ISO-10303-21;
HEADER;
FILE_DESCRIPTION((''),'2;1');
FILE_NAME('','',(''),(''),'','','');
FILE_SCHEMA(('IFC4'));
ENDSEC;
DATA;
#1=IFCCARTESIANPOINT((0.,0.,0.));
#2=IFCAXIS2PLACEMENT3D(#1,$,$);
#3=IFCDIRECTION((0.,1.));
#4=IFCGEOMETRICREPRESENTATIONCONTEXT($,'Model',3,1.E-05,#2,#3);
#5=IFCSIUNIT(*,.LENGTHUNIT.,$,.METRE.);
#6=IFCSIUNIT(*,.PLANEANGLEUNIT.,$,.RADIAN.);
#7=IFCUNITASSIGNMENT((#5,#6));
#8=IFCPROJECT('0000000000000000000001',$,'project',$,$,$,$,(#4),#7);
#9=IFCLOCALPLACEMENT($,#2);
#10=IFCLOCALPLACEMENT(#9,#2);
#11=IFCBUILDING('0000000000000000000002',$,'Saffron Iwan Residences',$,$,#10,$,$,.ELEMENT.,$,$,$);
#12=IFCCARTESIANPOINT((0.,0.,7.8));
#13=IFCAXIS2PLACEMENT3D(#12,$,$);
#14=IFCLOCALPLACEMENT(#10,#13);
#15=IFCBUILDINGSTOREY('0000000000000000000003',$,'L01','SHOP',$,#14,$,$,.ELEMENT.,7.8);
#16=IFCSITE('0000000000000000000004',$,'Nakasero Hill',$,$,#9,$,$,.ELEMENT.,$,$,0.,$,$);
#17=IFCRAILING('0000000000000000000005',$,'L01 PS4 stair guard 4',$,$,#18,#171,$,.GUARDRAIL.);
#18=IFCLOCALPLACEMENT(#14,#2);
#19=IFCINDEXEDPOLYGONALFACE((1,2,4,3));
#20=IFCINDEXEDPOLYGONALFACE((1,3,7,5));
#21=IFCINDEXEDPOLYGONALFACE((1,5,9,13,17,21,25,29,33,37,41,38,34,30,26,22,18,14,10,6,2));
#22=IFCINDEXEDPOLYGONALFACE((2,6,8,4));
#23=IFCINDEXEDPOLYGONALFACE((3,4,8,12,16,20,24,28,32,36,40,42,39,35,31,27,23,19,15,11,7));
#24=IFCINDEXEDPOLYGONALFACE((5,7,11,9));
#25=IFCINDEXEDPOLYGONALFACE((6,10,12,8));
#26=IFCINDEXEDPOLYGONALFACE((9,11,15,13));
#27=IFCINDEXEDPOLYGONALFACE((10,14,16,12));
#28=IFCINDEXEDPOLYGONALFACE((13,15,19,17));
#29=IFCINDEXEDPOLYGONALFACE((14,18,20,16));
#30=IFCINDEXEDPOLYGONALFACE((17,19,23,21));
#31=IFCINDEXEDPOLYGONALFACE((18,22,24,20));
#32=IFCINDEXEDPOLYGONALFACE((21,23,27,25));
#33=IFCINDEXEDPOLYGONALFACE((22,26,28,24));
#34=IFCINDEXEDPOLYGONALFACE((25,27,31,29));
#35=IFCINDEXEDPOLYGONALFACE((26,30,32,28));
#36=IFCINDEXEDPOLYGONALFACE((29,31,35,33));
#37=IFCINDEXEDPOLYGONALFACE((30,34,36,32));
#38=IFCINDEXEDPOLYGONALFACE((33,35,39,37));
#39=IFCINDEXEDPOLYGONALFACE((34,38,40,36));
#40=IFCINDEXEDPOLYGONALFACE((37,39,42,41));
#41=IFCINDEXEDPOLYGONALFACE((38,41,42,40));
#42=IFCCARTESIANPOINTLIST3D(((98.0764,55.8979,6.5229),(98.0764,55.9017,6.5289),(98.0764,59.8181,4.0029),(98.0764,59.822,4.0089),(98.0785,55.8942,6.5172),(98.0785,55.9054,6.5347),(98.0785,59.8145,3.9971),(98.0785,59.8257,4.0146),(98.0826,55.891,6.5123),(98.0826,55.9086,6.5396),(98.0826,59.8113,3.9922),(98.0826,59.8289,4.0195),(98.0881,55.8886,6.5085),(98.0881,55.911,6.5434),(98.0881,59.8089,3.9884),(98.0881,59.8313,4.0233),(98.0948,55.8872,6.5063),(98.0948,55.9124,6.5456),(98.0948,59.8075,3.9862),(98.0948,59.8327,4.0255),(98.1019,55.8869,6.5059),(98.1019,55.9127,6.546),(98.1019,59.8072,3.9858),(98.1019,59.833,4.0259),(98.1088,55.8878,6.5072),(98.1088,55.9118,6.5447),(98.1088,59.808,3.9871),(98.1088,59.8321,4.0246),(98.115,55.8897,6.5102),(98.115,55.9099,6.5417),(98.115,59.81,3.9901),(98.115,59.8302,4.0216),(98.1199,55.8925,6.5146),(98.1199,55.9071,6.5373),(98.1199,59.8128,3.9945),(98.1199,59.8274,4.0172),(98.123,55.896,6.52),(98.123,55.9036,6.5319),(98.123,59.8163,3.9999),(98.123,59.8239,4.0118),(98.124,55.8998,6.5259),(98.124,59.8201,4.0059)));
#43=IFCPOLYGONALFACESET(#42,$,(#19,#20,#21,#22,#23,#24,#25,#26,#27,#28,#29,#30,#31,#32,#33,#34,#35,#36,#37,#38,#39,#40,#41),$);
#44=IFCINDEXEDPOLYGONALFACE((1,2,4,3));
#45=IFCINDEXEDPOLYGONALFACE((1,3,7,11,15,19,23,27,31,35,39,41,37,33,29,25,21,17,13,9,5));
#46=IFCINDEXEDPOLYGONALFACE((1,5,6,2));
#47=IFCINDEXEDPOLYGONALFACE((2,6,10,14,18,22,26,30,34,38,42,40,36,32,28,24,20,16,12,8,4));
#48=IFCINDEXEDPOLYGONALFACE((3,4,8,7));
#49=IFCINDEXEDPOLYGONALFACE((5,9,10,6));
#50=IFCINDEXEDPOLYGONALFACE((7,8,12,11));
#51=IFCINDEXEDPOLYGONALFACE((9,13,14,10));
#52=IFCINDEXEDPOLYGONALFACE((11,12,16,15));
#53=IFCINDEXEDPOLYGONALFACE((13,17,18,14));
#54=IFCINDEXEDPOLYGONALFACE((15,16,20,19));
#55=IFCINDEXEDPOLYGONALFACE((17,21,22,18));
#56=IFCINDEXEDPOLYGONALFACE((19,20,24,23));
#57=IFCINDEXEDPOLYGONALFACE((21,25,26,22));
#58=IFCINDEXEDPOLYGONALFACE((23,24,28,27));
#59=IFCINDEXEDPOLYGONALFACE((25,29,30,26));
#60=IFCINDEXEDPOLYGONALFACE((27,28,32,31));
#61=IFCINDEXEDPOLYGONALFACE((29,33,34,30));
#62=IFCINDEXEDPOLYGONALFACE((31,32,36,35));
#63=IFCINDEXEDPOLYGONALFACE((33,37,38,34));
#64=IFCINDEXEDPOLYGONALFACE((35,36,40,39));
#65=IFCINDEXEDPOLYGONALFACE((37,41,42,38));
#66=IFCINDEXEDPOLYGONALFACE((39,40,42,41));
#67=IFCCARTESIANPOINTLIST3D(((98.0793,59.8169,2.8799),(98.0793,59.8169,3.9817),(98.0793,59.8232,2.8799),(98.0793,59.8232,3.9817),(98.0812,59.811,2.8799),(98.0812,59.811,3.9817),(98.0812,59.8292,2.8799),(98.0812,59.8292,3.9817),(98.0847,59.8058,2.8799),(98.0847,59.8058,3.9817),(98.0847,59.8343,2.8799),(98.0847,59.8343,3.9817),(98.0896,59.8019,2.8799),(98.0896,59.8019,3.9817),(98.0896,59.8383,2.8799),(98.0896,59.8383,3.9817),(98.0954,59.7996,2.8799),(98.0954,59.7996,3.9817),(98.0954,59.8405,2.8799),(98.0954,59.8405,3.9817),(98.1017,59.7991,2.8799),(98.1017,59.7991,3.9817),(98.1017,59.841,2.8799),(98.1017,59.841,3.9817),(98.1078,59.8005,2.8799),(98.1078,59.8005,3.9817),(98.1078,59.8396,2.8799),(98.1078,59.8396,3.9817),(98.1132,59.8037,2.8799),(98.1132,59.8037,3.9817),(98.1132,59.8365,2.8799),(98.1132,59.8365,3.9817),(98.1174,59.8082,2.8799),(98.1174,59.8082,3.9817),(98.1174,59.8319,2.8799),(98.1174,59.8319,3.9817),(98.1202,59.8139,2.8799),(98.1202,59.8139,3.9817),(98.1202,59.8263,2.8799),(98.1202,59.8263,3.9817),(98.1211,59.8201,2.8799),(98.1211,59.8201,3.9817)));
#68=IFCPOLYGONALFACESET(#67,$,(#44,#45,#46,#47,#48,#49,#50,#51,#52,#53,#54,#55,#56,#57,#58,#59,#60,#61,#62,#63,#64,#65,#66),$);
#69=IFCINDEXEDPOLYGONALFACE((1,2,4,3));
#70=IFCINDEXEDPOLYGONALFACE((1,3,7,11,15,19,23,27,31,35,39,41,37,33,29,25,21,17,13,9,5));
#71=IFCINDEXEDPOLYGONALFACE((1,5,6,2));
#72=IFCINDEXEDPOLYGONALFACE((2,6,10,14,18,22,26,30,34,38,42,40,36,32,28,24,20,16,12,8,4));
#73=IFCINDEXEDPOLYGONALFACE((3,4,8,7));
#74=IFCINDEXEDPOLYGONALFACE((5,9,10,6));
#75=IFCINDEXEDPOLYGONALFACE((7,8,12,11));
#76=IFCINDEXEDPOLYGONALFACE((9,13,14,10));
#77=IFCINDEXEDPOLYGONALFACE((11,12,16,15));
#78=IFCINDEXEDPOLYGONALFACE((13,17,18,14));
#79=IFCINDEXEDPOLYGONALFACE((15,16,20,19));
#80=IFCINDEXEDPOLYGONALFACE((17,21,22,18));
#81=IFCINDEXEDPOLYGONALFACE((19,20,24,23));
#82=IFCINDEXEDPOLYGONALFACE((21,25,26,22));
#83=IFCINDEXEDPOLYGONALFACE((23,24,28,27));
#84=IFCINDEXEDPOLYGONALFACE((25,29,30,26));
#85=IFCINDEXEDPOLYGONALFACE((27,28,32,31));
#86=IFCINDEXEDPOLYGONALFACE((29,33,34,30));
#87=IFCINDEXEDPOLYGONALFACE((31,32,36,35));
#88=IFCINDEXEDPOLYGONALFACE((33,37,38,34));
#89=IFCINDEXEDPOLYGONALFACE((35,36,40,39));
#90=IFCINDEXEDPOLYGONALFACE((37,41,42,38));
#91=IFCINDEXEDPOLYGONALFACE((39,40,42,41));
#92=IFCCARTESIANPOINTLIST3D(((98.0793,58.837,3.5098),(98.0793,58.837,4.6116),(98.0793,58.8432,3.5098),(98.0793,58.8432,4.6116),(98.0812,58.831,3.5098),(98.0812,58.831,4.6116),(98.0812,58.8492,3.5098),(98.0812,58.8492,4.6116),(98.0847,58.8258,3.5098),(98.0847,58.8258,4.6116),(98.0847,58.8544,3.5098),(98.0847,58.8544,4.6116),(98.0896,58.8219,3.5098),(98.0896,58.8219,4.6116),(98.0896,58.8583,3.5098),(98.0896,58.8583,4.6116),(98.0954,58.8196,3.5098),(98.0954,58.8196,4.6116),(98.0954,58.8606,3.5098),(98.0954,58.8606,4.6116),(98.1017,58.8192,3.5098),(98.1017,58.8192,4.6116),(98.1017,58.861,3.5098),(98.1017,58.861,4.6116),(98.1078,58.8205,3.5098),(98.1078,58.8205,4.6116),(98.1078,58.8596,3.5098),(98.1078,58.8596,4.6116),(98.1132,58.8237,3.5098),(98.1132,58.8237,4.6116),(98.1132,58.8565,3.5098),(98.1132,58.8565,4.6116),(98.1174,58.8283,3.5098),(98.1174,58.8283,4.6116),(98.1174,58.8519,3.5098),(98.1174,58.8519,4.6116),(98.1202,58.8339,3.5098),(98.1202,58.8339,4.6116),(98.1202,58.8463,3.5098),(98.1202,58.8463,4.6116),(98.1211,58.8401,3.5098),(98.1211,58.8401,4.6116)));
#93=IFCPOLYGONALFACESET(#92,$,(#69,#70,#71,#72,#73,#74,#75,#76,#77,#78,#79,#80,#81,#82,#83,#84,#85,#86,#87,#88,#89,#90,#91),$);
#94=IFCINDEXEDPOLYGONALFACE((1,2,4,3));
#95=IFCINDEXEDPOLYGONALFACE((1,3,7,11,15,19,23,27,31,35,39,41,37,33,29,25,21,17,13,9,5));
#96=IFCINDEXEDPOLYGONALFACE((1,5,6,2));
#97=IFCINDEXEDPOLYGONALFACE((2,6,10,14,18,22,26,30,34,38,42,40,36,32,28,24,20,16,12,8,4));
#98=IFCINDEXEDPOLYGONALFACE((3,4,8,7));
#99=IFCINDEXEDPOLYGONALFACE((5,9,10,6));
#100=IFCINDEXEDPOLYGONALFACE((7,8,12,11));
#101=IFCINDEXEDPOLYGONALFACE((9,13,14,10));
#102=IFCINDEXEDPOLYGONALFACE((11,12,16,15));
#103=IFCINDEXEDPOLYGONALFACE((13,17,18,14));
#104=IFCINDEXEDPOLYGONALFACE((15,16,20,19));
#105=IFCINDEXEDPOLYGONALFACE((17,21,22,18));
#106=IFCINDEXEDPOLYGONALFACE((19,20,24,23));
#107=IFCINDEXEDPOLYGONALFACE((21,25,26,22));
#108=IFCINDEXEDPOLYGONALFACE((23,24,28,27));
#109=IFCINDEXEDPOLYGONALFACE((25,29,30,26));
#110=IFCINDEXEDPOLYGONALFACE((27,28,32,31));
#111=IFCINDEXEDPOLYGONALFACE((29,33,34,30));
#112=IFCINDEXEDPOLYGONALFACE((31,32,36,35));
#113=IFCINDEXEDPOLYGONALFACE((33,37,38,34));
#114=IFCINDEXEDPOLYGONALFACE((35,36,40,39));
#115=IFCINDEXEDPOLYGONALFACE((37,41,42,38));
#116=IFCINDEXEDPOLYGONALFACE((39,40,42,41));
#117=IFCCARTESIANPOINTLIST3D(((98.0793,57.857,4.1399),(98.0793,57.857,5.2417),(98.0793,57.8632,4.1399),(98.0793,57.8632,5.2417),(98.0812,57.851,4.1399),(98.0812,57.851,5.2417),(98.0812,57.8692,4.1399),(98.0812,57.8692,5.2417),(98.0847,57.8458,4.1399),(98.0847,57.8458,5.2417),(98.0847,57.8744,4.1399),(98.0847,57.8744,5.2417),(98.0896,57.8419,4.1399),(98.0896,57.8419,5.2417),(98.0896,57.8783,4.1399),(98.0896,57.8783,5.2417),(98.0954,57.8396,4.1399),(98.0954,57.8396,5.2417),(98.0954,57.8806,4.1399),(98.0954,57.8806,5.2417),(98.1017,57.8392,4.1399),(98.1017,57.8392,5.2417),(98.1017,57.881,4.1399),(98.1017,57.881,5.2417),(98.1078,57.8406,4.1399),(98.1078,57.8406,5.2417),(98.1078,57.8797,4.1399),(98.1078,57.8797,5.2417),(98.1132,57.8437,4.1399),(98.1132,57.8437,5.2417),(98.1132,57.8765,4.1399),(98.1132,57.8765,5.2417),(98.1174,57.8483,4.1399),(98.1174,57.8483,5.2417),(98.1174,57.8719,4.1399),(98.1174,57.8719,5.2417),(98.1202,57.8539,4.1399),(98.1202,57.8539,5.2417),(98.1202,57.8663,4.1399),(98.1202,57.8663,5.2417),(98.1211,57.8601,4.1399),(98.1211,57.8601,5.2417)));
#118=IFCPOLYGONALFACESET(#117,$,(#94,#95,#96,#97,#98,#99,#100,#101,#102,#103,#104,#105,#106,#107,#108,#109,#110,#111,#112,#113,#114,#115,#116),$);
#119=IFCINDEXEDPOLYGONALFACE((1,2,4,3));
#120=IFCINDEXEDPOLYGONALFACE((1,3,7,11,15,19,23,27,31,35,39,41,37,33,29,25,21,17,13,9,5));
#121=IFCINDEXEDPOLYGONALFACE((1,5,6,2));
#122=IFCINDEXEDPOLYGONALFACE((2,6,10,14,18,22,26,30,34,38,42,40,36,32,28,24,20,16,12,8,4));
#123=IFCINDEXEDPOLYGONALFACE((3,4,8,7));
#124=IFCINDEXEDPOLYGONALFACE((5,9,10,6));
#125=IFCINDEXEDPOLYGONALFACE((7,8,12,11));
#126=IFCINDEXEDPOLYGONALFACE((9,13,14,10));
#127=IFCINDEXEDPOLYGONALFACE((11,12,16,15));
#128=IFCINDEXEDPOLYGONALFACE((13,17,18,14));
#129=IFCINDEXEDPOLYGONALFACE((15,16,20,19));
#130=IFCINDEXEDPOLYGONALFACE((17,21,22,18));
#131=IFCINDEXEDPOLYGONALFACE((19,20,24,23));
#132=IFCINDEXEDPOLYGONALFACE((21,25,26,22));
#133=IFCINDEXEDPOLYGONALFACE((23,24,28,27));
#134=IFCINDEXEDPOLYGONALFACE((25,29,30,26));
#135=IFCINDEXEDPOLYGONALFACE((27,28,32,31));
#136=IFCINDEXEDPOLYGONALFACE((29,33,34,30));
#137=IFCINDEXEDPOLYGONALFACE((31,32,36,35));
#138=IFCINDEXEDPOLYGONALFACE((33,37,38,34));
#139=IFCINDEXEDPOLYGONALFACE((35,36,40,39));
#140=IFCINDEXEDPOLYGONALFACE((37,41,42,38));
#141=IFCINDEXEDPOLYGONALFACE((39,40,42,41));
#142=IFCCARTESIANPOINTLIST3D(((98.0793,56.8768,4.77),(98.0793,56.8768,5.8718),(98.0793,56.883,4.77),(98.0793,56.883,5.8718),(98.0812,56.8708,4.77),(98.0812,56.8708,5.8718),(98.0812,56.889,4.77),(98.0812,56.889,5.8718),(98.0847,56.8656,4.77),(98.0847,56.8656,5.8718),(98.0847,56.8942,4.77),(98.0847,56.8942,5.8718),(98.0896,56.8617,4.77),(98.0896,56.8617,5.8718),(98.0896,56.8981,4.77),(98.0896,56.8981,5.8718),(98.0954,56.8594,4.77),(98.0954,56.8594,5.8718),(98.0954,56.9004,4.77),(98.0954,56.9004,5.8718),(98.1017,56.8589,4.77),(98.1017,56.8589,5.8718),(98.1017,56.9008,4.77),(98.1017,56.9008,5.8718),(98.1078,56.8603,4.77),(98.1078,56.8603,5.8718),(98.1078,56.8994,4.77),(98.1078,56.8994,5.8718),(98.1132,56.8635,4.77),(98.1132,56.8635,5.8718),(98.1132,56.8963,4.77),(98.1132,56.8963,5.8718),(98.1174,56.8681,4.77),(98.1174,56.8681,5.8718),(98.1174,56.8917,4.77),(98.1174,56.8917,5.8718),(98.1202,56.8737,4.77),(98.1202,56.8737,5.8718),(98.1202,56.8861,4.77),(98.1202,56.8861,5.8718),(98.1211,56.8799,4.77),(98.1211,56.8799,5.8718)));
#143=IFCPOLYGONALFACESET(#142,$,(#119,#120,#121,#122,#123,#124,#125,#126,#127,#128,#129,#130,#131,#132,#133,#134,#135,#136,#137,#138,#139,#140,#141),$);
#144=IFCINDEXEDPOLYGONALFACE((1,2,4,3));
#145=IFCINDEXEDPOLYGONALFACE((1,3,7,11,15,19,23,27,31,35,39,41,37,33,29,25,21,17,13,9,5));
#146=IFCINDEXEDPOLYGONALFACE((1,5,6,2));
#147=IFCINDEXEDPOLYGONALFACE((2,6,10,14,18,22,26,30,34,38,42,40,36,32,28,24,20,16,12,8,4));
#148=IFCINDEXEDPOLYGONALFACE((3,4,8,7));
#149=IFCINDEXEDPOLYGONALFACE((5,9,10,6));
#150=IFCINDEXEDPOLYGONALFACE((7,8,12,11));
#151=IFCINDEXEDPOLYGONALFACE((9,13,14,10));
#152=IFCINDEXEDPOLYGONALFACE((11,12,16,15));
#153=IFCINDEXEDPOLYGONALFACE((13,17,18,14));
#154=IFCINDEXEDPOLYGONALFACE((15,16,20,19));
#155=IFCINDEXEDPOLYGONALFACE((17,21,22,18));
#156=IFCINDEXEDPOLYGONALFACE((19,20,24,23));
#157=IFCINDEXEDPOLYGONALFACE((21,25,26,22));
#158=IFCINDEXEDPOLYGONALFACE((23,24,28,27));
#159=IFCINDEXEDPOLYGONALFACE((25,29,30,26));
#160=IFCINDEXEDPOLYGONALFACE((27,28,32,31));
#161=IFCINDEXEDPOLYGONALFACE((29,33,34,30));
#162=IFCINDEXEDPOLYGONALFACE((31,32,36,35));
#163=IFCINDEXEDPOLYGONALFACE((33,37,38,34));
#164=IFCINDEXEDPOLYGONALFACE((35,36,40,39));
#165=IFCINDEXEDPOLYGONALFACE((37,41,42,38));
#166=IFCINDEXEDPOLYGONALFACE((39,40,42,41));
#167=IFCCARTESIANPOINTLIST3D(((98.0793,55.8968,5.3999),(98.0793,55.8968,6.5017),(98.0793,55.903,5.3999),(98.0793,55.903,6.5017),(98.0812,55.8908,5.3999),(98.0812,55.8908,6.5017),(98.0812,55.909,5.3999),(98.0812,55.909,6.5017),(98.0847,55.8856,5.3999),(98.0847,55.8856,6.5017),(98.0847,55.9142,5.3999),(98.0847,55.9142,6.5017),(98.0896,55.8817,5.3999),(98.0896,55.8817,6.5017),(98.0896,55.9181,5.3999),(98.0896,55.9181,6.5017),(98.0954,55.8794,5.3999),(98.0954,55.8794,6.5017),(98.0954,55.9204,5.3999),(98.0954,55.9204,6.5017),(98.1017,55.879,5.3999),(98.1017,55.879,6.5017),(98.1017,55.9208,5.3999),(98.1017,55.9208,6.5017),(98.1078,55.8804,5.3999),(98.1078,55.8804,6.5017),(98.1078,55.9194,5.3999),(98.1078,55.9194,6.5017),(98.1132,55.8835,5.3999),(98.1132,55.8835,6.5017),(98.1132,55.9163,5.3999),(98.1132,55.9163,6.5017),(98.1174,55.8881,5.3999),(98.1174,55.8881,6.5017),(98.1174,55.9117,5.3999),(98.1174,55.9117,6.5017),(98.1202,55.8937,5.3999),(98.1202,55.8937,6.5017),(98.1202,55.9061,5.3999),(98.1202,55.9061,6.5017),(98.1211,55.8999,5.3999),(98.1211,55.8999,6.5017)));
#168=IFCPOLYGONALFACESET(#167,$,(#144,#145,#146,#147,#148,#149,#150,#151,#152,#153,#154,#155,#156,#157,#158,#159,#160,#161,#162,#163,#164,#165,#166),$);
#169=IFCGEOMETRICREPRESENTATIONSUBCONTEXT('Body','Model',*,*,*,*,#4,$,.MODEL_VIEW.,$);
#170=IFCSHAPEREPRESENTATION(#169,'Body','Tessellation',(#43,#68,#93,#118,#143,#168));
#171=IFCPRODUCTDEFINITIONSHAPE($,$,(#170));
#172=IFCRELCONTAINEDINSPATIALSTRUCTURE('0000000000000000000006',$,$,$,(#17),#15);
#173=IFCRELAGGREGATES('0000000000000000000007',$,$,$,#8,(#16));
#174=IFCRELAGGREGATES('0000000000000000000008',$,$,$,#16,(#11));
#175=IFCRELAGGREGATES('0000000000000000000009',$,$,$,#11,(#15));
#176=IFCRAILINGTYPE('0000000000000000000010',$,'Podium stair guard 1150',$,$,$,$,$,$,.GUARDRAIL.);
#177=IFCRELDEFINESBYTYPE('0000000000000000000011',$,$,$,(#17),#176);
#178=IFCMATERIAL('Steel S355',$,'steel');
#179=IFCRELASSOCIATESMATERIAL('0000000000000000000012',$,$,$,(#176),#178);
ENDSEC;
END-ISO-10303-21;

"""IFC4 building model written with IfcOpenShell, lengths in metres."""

from ifc_helpers import new_model, si_unit, direction, frame, origin, origin_2d, place, context, subcontext, project, spatial, circle, extrude, material, type_object, element, save


model = new_model("IFC4")

# Units and contexts
model_context = context("Model", 3, precision=1e-05, world=origin(), true_north=direction((0.0, 1.0)))
body_context = subcontext(model_context, "Body", "Model", "MODEL_VIEW")
ifc_project = project(units=[si_unit("LENGTHUNIT", "METRE"), si_unit("PLANEANGLEUNIT", "RADIAN")], contexts=[model_context])

# Site, building, storey
site_placement = place(None, origin())
site = spatial("IfcSite", under=ifc_project, at=site_placement, Name="Nakasero Hill", CompositionType="ELEMENT", RefElevation=0.0)
building_placement = place(site_placement, origin())
building = spatial("IfcBuilding", under=site, at=building_placement, Name="Saffron Iwan Residences", CompositionType="ELEMENT")
storey_placement = place(building_placement, frame((0.0, 0.0, 7.8)))
storey = spatial("IfcBuildingStorey", under=building, at=storey_placement, Name="L01", Description="SHOP", CompositionType="ELEMENT", Elevation=7.8)

# Railing
ifc_material_1 = material(Name="Steel S355", Category="steel")
railing_type_1 = type_object("IfcRailingType", Name="Podium stair guard 1150", PredefinedType="GUARDRAIL", material=ifc_material_1)
railing_1_placement = place(storey_placement, frame((98.1001, 59.8201, 2.8799)))
element("IfcRailing", 1, at=railing_1_placement, inside=storey, type_object=railing_type_1, Name="L01 PS4 stair guard 4", PredefinedType="GUARDRAIL", context=body_context, shape_type="SweptSolid", body=[
    extrude(circle(Radius=0.0239, at=origin_2d()), frame((0.0, 0.0, 1.126), z_axis=(0.0, -0.841187, 0.540744), x_axis=(1.0, 0.0, 0.0)), (0.0, 0.0, 1.0), 4.6604),
    extrude(circle(Radius=0.021, at=origin_2d()), origin(), (0.0, 0.0, 1.0), 1.1018),
    extrude(circle(Radius=0.021, at=origin_2d()), frame((0.0, -0.98, 0.6299)), (0.0, 0.0, 1.0), 1.1018),
    extrude(circle(Radius=0.021, at=origin_2d()), frame((0.0, -1.96, 1.26)), (0.0, 0.0, 1.0), 1.1018),
    extrude(circle(Radius=0.021, at=origin_2d()), frame((0.0, -2.9402, 1.8901)), (0.0, 0.0, 1.0), 1.1018),
    extrude(circle(Radius=0.021, at=origin_2d()), frame((0.0, -3.9202, 2.52)), (0.0, 0.0, 1.0), 1.1018),
])

save(model, "model.ifc")
